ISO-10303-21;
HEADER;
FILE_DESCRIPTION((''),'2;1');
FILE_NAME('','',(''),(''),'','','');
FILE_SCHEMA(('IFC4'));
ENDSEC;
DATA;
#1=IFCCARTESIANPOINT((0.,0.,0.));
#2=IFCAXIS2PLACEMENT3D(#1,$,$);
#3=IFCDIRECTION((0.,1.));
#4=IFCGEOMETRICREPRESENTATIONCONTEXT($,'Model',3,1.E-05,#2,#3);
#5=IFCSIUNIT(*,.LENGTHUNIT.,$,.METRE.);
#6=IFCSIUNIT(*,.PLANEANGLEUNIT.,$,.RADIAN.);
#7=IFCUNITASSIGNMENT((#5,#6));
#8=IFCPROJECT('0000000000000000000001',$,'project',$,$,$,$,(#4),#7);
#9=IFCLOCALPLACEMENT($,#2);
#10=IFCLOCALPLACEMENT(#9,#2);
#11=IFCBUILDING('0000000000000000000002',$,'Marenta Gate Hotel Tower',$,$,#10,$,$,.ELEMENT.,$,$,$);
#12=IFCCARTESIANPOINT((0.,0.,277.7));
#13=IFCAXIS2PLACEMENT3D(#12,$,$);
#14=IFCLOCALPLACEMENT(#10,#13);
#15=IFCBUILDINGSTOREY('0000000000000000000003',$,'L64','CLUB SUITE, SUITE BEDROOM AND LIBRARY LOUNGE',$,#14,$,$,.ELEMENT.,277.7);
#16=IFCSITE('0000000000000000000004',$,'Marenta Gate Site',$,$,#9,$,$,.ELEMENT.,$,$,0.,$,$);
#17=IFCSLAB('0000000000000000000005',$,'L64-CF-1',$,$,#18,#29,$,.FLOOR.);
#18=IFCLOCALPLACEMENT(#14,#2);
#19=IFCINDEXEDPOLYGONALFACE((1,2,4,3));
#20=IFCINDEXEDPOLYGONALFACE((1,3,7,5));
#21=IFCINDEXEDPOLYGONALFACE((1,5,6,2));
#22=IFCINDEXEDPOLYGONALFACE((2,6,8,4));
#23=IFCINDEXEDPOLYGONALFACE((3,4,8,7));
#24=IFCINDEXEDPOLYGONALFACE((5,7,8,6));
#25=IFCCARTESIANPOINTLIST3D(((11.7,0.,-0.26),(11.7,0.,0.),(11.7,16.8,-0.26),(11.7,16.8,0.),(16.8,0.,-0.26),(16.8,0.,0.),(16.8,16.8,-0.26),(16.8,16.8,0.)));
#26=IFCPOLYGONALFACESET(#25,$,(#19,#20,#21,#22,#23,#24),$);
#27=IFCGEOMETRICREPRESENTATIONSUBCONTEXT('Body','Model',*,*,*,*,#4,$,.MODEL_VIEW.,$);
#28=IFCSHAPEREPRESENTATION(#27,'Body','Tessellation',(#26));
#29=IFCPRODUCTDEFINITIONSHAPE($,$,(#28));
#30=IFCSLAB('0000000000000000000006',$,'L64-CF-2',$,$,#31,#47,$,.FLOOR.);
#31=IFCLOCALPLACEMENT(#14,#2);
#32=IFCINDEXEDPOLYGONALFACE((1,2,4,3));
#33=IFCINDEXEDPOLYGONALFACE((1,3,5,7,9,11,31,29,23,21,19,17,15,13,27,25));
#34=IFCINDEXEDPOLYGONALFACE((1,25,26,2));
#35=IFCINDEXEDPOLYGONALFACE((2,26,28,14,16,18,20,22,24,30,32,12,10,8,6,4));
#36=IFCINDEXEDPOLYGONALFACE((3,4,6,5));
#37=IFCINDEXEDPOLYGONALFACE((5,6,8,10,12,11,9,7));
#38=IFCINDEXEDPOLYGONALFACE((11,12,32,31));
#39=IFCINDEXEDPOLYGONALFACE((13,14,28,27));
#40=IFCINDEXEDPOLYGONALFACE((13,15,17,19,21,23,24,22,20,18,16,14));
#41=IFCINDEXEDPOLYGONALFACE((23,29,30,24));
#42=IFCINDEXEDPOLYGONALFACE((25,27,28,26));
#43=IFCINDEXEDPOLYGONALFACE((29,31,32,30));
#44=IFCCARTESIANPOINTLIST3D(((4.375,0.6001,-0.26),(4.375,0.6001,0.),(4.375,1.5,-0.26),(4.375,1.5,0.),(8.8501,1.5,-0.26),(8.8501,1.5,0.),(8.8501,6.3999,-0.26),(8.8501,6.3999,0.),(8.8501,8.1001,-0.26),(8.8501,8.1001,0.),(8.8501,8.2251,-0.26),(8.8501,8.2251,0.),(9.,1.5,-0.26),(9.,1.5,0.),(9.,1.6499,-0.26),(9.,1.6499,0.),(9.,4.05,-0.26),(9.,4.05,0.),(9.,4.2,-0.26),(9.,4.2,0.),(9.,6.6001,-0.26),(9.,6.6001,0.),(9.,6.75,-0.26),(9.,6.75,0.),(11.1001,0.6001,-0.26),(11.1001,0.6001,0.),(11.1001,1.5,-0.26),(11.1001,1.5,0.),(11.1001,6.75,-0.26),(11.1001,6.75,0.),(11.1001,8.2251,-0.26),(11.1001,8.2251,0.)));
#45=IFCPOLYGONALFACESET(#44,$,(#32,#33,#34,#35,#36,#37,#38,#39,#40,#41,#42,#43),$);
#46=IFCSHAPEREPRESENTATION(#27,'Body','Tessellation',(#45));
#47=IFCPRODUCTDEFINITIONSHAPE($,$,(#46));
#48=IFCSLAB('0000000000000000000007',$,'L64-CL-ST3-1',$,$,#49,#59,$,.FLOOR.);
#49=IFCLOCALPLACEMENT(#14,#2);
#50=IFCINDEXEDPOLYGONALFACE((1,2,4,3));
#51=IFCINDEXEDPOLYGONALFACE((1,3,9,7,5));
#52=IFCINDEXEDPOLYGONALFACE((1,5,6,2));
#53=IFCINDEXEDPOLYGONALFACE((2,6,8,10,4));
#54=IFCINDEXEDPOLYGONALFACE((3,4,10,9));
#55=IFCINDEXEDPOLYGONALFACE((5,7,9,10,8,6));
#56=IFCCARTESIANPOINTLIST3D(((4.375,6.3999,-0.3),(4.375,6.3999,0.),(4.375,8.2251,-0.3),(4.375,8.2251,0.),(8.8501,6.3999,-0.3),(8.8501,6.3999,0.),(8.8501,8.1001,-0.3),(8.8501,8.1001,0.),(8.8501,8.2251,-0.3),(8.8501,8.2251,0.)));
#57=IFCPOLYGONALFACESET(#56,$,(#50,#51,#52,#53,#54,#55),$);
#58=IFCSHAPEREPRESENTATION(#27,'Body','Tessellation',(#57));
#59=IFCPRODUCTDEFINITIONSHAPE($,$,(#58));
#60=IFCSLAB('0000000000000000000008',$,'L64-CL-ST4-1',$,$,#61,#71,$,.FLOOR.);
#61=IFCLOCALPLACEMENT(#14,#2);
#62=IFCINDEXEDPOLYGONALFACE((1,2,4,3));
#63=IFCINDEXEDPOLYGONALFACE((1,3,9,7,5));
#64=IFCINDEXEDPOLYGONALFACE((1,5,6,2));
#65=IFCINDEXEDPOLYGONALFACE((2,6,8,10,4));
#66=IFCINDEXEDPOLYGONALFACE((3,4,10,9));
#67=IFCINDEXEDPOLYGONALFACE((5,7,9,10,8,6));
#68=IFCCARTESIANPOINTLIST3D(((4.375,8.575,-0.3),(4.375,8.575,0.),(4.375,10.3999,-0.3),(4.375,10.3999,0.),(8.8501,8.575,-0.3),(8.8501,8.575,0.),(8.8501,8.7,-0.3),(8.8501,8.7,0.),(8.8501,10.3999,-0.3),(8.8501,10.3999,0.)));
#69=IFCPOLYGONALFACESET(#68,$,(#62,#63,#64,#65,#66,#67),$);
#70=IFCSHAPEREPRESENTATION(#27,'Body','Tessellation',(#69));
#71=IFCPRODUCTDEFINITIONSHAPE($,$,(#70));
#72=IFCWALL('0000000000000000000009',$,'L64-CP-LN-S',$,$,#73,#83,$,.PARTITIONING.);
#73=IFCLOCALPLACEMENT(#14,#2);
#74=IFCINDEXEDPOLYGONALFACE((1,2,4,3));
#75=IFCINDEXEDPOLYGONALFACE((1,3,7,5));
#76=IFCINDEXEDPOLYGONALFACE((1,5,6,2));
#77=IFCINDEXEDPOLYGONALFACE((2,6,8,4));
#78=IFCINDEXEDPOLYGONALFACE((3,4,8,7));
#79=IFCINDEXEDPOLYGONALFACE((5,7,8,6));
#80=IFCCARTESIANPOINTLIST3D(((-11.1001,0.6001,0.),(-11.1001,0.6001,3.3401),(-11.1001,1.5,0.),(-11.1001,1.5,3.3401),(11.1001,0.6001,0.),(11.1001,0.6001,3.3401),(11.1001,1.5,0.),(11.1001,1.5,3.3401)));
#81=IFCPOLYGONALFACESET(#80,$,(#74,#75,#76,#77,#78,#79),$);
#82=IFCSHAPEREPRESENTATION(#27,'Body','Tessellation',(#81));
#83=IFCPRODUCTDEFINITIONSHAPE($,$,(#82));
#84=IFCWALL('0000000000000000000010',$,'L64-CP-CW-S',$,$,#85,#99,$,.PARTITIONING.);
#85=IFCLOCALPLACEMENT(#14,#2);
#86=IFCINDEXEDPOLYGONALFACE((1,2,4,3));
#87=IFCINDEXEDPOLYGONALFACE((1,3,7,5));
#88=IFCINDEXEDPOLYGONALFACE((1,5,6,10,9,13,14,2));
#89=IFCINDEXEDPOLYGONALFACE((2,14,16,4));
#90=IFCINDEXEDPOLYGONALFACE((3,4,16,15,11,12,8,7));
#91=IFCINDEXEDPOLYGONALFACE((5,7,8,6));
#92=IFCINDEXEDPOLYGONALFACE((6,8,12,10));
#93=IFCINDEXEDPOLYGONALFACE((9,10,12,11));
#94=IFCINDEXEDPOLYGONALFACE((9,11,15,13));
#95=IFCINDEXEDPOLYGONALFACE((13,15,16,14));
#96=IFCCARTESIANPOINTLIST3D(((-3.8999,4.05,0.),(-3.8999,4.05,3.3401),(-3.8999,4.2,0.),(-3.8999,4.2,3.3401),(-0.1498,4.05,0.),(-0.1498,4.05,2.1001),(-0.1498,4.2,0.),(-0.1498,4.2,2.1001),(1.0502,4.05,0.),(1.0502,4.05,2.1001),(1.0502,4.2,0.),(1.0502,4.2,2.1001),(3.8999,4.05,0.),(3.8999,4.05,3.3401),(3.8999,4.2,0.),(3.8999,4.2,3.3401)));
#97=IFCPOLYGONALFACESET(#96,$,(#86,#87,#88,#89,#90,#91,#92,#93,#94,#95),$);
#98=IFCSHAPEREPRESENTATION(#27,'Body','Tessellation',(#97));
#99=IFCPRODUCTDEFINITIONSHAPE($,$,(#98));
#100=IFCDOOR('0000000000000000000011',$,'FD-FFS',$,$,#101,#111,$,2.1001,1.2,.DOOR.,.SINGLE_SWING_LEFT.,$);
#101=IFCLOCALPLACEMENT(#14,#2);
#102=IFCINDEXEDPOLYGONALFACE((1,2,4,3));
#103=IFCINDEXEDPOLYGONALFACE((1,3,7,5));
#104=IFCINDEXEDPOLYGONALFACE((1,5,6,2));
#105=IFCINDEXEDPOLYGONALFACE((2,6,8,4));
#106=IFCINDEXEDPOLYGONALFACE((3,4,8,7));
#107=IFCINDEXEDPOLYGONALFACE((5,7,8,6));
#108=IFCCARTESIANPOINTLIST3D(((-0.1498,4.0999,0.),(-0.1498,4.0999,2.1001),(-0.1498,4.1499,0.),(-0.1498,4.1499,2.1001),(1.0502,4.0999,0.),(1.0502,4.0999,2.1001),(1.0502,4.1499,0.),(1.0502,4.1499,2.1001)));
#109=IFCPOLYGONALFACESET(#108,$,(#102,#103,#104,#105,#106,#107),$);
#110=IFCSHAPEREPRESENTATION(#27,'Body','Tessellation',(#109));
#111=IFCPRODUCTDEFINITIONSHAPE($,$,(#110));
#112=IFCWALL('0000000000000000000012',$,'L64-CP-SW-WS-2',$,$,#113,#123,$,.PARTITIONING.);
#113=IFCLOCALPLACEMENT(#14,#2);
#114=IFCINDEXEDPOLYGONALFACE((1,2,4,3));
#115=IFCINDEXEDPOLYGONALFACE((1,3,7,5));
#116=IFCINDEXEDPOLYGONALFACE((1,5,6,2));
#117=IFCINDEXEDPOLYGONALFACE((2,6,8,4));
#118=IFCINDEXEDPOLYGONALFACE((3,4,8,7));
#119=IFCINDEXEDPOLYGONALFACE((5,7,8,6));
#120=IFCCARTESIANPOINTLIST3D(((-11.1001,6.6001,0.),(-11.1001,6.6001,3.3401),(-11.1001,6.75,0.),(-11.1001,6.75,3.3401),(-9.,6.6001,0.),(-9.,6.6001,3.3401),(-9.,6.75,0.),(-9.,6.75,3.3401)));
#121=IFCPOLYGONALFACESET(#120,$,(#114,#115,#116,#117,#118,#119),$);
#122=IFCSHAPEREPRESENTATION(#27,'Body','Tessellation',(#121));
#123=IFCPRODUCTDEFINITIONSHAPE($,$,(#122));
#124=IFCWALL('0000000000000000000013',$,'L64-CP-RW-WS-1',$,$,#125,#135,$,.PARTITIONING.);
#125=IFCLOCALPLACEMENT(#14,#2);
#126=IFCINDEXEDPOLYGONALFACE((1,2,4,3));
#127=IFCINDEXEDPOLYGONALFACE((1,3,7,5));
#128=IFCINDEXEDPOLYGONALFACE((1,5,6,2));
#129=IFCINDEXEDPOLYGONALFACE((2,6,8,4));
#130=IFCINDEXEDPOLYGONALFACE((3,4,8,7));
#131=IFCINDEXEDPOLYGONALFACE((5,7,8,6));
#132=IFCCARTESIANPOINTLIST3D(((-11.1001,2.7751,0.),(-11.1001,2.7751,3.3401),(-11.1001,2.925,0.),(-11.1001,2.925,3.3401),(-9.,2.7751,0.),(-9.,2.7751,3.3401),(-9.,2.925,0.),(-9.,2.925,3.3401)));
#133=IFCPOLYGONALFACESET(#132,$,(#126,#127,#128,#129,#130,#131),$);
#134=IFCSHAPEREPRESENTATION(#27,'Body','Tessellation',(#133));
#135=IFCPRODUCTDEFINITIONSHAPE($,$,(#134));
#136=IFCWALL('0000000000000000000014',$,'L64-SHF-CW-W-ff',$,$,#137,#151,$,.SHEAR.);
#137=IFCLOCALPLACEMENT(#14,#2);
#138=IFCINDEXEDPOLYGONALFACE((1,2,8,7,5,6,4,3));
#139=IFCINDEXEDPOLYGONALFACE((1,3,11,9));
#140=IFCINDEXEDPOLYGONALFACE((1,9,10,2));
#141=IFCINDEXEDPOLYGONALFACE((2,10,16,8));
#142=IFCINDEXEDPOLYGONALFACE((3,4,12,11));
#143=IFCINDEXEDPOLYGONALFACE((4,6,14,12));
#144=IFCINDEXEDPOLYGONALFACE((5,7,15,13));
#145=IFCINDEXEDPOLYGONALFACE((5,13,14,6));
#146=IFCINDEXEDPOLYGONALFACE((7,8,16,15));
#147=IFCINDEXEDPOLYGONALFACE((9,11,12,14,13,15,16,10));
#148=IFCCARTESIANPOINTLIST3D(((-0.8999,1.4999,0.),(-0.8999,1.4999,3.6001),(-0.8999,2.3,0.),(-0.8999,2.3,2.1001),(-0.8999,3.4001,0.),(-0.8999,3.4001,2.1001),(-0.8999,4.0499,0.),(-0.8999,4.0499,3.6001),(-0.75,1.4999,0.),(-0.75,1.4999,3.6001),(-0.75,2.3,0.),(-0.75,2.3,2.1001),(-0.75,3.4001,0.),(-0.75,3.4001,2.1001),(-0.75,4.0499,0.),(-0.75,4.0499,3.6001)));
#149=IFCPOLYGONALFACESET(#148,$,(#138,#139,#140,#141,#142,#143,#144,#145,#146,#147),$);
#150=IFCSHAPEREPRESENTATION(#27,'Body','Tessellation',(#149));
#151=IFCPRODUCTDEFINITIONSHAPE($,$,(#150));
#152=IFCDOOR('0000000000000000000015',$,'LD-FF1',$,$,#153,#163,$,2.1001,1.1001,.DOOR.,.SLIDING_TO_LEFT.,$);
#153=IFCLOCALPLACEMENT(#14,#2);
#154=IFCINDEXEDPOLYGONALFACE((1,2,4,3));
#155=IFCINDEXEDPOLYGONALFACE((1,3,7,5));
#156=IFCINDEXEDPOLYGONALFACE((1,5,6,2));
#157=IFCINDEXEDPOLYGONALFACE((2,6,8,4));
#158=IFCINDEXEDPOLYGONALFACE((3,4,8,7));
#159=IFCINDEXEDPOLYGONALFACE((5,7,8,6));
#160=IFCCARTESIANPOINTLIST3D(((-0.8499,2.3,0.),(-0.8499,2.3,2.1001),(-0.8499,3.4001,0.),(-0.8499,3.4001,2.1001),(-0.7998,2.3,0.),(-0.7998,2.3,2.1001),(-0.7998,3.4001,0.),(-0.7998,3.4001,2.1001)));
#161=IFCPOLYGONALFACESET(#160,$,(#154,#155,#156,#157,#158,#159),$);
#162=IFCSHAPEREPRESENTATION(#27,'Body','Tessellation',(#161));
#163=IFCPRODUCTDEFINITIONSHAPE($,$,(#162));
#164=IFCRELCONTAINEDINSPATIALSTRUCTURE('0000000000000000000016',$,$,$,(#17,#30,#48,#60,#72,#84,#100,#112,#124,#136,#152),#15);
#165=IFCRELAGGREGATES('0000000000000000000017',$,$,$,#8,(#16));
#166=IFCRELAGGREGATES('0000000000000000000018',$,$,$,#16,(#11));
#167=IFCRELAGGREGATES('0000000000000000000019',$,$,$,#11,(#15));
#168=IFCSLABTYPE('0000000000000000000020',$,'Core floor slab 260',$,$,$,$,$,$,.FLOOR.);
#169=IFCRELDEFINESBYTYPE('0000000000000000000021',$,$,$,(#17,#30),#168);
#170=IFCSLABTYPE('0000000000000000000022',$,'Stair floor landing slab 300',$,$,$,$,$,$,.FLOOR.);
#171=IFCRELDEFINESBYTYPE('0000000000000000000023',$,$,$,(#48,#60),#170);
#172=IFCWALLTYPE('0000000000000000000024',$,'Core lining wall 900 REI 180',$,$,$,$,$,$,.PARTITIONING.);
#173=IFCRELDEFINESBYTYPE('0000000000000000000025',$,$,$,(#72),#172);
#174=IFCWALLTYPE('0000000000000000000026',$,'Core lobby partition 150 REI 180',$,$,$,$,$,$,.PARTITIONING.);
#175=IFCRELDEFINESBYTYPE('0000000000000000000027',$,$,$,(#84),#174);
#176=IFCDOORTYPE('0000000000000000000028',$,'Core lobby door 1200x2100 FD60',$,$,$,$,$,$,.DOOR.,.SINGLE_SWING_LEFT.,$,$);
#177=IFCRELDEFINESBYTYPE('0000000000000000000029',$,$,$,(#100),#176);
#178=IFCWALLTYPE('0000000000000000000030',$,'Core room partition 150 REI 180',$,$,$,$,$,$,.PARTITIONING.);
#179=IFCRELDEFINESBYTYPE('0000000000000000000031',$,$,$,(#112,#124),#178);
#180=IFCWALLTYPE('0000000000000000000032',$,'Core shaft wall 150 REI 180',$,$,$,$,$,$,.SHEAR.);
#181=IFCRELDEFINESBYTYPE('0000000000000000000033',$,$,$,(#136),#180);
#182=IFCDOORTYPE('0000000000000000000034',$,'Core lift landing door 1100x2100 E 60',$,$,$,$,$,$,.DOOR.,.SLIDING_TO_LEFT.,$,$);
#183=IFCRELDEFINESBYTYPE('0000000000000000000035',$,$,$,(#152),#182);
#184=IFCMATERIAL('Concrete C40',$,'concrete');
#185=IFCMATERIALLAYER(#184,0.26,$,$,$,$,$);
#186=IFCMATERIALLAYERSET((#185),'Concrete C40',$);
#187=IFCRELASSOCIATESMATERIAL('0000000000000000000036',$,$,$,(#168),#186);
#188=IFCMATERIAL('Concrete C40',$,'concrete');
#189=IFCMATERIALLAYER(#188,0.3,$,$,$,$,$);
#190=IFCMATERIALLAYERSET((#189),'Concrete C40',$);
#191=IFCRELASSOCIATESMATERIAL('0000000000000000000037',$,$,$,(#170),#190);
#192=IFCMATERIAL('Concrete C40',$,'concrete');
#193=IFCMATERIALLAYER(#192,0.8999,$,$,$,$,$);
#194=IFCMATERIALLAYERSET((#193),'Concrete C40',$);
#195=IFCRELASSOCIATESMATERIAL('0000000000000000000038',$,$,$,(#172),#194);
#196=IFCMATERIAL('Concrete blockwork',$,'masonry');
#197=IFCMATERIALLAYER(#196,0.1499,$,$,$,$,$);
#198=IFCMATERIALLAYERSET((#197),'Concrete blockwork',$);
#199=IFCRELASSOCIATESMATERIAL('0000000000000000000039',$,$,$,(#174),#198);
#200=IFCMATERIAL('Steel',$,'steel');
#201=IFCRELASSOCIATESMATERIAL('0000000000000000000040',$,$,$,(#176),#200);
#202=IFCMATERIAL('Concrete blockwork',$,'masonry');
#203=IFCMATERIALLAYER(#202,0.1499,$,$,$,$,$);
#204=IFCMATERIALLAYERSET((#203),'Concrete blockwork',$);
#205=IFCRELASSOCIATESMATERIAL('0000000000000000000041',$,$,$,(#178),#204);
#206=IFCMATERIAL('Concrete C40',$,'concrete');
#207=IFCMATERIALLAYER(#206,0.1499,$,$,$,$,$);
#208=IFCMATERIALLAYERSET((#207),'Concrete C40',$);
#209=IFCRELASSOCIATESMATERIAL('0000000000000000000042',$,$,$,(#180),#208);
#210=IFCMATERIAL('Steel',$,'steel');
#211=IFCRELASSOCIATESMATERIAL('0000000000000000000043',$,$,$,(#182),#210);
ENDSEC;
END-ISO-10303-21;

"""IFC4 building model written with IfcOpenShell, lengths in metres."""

from ifc_helpers import new_model, si_unit, direction, frame, frame_2d, origin, place, context, subcontext, project, spatial, polyline, rectangle, outline, extrude, material, layer, layer_set, type_object, element, fill, save


model = new_model("IFC4")

# Units and contexts
model_context = context("Model", 3, precision=1e-05, world=origin(), true_north=direction((0.0, 1.0)))
body_context = subcontext(model_context, "Body", "Model", "MODEL_VIEW")
ifc_project = project(units=[si_unit("LENGTHUNIT", "METRE"), si_unit("PLANEANGLEUNIT", "RADIAN")], contexts=[model_context])

# Site, building, storey
site_placement = place(None, origin())
site = spatial("IfcSite", under=ifc_project, at=site_placement, Name="Marenta Gate Site", CompositionType="ELEMENT", RefElevation=0.0)
building_placement = place(site_placement, origin())
building = spatial("IfcBuilding", under=site, at=building_placement, Name="Marenta Gate Hotel Tower", CompositionType="ELEMENT")
storey_placement = place(building_placement, frame((0.0, 0.0, 277.7)))
storey = spatial("IfcBuildingStorey", under=building, at=storey_placement, Name="L64", Description="CLUB SUITE, SUITE BEDROOM AND LIBRARY LOUNGE", CompositionType="ELEMENT", Elevation=277.7)

# Slabs
ifc_material_1 = material(Name="Concrete C40", Category="concrete")
ifc_layer_1 = layer(ifc_material_1, 0.26)
ifc_layer_set_1 = layer_set([ifc_layer_1], Name="Concrete C40")
slab_type_1 = type_object("IfcSlabType", Name="Core floor slab 260", PredefinedType="FLOOR", material=ifc_layer_set_1)
slab_1_placement = place(storey_placement, frame((0.0, 0.0, -0.26)))
element("IfcSlab", 1, at=slab_1_placement, inside=storey, type_object=slab_type_1, Name="L64-CF-1", PredefinedType="FLOOR", context=body_context, shape_type="SweptSolid", body=[
    extrude(outline(polyline([(11.7, 0.0), (11.7, 16.8), (16.8, 16.8), (16.8, 0.0), (11.7, 0.0)])), origin(), (0.0, 0.0, 1.0), 0.26),
])
slab_2_placement = place(storey_placement, frame((0.0, 0.0, -0.26)))
element("IfcSlab", 2, at=slab_2_placement, inside=storey, type_object=slab_type_1, Name="L64-CF-2", PredefinedType="FLOOR", context=body_context, shape_type="SweptSolid", body=[
    extrude(outline(polyline([(8.8501, 1.5), (8.8501, 6.3999), (8.8501, 8.1001), (8.8501, 8.2251), (11.1001, 8.2251), (11.1001, 6.75), (9.0, 6.75), (9.0, 6.6001), (9.0, 4.2), (9.0, 4.05), (9.0, 1.6499), (9.0, 1.5), (11.1001, 1.5), (11.1001, 0.6001), (4.375, 0.6001), (4.375, 1.5), (8.8501, 1.5)])), origin(), (0.0, 0.0, 1.0), 0.26),
])
ifc_material_2 = material(Name="Concrete C40", Category="concrete")
ifc_layer_2 = layer(ifc_material_2, 0.3)
ifc_layer_set_2 = layer_set([ifc_layer_2], Name="Concrete C40")
slab_type_2 = type_object("IfcSlabType", Name="Stair floor landing slab 300", PredefinedType="FLOOR", material=ifc_layer_set_2)
slab_3_placement = place(storey_placement, frame((0.0, 0.0, -0.3)))
element("IfcSlab", 3, at=slab_3_placement, inside=storey, type_object=slab_type_2, Name="L64-CL-ST3-1", PredefinedType="FLOOR", context=body_context, shape_type="SweptSolid", body=[
    extrude(outline(polyline([(4.375, 6.3999), (4.375, 8.2251), (8.8501, 8.2251), (8.8501, 8.1001), (8.8501, 6.3999), (4.375, 6.3999)])), origin(), (0.0, 0.0, 1.0), 0.3),
])
slab_4_placement = place(storey_placement, frame((0.0, 0.0, -0.3)))
element("IfcSlab", 4, at=slab_4_placement, inside=storey, type_object=slab_type_2, Name="L64-CL-ST4-1", PredefinedType="FLOOR", context=body_context, shape_type="SweptSolid", body=[
    extrude(outline(polyline([(4.375, 8.575), (4.375, 10.3999), (8.8501, 10.3999), (8.8501, 8.7), (8.8501, 8.575), (4.375, 8.575)])), origin(), (0.0, 0.0, 1.0), 0.3),
])

# Wall
ifc_material_3 = material(Name="Concrete C40", Category="concrete")
ifc_layer_3 = layer(ifc_material_3, 0.8999)
ifc_layer_set_3 = layer_set([ifc_layer_3], Name="Concrete C40")
wall_type_1 = type_object("IfcWallType", Name="Core lining wall 900 REI 180", PredefinedType="PARTITIONING", material=ifc_layer_set_3)
wall_1_placement = place(storey_placement, frame((-11.1001, 1.05, 0.0), z_axis=(0.0, 0.0, 1.0), x_axis=(1.0, 0.0, 0.0)))
element("IfcWall", 5, at=wall_1_placement, inside=storey, type_object=wall_type_1, Name="L64-CP-LN-S", PredefinedType="PARTITIONING", context=body_context, shape_type="SweptSolid", body=[
    extrude(rectangle(XDim=22.2002, YDim=0.8999, at=frame_2d((11.1001, 0.0))), origin(), (0.0, 0.0, 1.0), 3.3401),
])

# Wall, opening, door
ifc_material_4 = material(Name="Concrete blockwork", Category="masonry")
ifc_layer_4 = layer(ifc_material_4, 0.1499)
ifc_layer_set_4 = layer_set([ifc_layer_4], Name="Concrete blockwork")
wall_type_2 = type_object("IfcWallType", Name="Core lobby partition 150 REI 180", PredefinedType="PARTITIONING", material=ifc_layer_set_4)
wall_2_placement = place(storey_placement, frame((-3.8999, 4.125, 0.0), z_axis=(0.0, 0.0, 1.0), x_axis=(1.0, 0.0, 0.0)))
wall_2 = element("IfcWall", 6, at=wall_2_placement, inside=storey, type_object=wall_type_2, Name="L64-CP-CW-S", PredefinedType="PARTITIONING", context=body_context, shape_type="SweptSolid", body=[
    extrude(rectangle(XDim=7.7998, YDim=0.1499, at=frame_2d((3.8999, 0.0))), origin(), (0.0, 0.0, 1.0), 3.3401),
])
opening_1_placement = place(wall_2_placement, frame((3.75, 0.0, 0.0)))
opening_1 = element("IfcOpeningElement", 7, at=opening_1_placement, cuts=wall_2, PredefinedType="OPENING", context=body_context, shape_type="SweptSolid", body=[
    extrude(rectangle(XDim=1.2, YDim=2.1001, at=frame_2d((0.6001, 1.05))), frame((0.0, 0.075, 0.0), z_axis=(0.0, -1.0, 0.0), x_axis=(1.0, 0.0, 0.0)), (0.0, 0.0, 1.0), 0.1499),
])
ifc_material_5 = material(Name="Steel", Category="steel")
door_type_1 = type_object("IfcDoorType", Name="Core lobby door 1200x2100 FD60", OperationType="SINGLE_SWING_LEFT", PredefinedType="DOOR", material=ifc_material_5)
door_1_placement = place(opening_1_placement, origin())
door_1 = element("IfcDoor", 8, at=door_1_placement, inside=storey, type_object=door_type_1, Name="FD-FFS", OperationType="SINGLE_SWING_LEFT", OverallHeight=2.1001, OverallWidth=1.2, PredefinedType="DOOR", context=body_context, shape_type="SweptSolid", body=[
    extrude(rectangle(XDim=1.2, YDim=2.1001, at=frame_2d((0.6001, 1.05))), frame((0.0, 0.0249, 0.0), z_axis=(0.0, -1.0, 0.0), x_axis=(1.0, 0.0, 0.0)), (0.0, 0.0, 1.0), 0.05),
])
fill(opening_1, door_1)

# Walls
ifc_material_6 = material(Name="Concrete blockwork", Category="masonry")
ifc_layer_5 = layer(ifc_material_6, 0.1499)
ifc_layer_set_5 = layer_set([ifc_layer_5], Name="Concrete blockwork")
wall_type_3 = type_object("IfcWallType", Name="Core room partition 150 REI 180", PredefinedType="PARTITIONING", material=ifc_layer_set_5)
for number, where, z_axis, x_axis, name in (
    (9, (-11.1001, 6.675, 0.0), (0.0, 0.0, 1.0), (1.0, 0.0, 0.0), "L64-CP-SW-WS-2"),
    (10, (-11.1001, 2.8501, 0.0), (0.0, 0.0, 1.0), (1.0, 0.0, 0.0), "L64-CP-RW-WS-1"),
):
    element("IfcWall", number, at=place(storey_placement, frame(where, z_axis=z_axis, x_axis=x_axis)), inside=storey, type_object=wall_type_3, Name=name, PredefinedType="PARTITIONING", context=body_context, shape_type="SweptSolid", body=[
        extrude(rectangle(XDim=2.1001, YDim=0.1499, at=frame_2d((1.05, 0.0))), origin(), (0.0, 0.0, 1.0), 3.3401),
    ])

# Wall, opening, door
ifc_material_7 = material(Name="Concrete C40", Category="concrete")
ifc_layer_6 = layer(ifc_material_7, 0.1499)
ifc_layer_set_6 = layer_set([ifc_layer_6], Name="Concrete C40")
wall_type_4 = type_object("IfcWallType", Name="Core shaft wall 150 REI 180", PredefinedType="SHEAR", material=ifc_layer_set_6)
wall_3_placement = place(storey_placement, frame((-0.825, 1.5, 0.0), z_axis=(0.0, 0.0, 1.0), x_axis=(0.0, 1.0, 0.0)))
wall_3 = element("IfcWall", 11, at=wall_3_placement, inside=storey, type_object=wall_type_4, Name="L64-SHF-CW-W-ff", PredefinedType="SHEAR", context=body_context, shape_type="SweptSolid", body=[
    extrude(rectangle(XDim=2.55, YDim=0.1499, at=frame_2d((1.2749, 0.0))), origin(), (0.0, 0.0, 1.0), 3.6001),
])
opening_2_placement = place(wall_3_placement, frame((0.8, 0.0, 0.0)))
opening_2 = element("IfcOpeningElement", 12, at=opening_2_placement, cuts=wall_3, PredefinedType="OPENING", context=body_context, shape_type="SweptSolid", body=[
    extrude(rectangle(XDim=1.1001, YDim=2.1001, at=frame_2d((0.55, 1.05))), frame((0.0, 0.075, 0.0), z_axis=(0.0, -1.0, 0.0), x_axis=(1.0, 0.0, 0.0)), (0.0, 0.0, 1.0), 0.1499),
])
ifc_material_8 = material(Name="Steel", Category="steel")
door_type_2 = type_object("IfcDoorType", Name="Core lift landing door 1100x2100 E 60", OperationType="SLIDING_TO_LEFT", PredefinedType="DOOR", material=ifc_material_8)
door_2_placement = place(opening_2_placement, origin())
door_2 = element("IfcDoor", 13, at=door_2_placement, inside=storey, type_object=door_type_2, Name="LD-FF1", OperationType="SLIDING_TO_LEFT", OverallHeight=2.1001, OverallWidth=1.1001, PredefinedType="DOOR", context=body_context, shape_type="SweptSolid", body=[
    extrude(rectangle(XDim=1.1001, YDim=2.1001, at=frame_2d((0.55, 1.05))), frame((0.0, 0.0249, 0.0), z_axis=(0.0, -1.0, 0.0), x_axis=(1.0, 0.0, 0.0)), (0.0, 0.0, 1.0), 0.05),
])
fill(opening_2, door_2)

save(model, "model.ifc")
